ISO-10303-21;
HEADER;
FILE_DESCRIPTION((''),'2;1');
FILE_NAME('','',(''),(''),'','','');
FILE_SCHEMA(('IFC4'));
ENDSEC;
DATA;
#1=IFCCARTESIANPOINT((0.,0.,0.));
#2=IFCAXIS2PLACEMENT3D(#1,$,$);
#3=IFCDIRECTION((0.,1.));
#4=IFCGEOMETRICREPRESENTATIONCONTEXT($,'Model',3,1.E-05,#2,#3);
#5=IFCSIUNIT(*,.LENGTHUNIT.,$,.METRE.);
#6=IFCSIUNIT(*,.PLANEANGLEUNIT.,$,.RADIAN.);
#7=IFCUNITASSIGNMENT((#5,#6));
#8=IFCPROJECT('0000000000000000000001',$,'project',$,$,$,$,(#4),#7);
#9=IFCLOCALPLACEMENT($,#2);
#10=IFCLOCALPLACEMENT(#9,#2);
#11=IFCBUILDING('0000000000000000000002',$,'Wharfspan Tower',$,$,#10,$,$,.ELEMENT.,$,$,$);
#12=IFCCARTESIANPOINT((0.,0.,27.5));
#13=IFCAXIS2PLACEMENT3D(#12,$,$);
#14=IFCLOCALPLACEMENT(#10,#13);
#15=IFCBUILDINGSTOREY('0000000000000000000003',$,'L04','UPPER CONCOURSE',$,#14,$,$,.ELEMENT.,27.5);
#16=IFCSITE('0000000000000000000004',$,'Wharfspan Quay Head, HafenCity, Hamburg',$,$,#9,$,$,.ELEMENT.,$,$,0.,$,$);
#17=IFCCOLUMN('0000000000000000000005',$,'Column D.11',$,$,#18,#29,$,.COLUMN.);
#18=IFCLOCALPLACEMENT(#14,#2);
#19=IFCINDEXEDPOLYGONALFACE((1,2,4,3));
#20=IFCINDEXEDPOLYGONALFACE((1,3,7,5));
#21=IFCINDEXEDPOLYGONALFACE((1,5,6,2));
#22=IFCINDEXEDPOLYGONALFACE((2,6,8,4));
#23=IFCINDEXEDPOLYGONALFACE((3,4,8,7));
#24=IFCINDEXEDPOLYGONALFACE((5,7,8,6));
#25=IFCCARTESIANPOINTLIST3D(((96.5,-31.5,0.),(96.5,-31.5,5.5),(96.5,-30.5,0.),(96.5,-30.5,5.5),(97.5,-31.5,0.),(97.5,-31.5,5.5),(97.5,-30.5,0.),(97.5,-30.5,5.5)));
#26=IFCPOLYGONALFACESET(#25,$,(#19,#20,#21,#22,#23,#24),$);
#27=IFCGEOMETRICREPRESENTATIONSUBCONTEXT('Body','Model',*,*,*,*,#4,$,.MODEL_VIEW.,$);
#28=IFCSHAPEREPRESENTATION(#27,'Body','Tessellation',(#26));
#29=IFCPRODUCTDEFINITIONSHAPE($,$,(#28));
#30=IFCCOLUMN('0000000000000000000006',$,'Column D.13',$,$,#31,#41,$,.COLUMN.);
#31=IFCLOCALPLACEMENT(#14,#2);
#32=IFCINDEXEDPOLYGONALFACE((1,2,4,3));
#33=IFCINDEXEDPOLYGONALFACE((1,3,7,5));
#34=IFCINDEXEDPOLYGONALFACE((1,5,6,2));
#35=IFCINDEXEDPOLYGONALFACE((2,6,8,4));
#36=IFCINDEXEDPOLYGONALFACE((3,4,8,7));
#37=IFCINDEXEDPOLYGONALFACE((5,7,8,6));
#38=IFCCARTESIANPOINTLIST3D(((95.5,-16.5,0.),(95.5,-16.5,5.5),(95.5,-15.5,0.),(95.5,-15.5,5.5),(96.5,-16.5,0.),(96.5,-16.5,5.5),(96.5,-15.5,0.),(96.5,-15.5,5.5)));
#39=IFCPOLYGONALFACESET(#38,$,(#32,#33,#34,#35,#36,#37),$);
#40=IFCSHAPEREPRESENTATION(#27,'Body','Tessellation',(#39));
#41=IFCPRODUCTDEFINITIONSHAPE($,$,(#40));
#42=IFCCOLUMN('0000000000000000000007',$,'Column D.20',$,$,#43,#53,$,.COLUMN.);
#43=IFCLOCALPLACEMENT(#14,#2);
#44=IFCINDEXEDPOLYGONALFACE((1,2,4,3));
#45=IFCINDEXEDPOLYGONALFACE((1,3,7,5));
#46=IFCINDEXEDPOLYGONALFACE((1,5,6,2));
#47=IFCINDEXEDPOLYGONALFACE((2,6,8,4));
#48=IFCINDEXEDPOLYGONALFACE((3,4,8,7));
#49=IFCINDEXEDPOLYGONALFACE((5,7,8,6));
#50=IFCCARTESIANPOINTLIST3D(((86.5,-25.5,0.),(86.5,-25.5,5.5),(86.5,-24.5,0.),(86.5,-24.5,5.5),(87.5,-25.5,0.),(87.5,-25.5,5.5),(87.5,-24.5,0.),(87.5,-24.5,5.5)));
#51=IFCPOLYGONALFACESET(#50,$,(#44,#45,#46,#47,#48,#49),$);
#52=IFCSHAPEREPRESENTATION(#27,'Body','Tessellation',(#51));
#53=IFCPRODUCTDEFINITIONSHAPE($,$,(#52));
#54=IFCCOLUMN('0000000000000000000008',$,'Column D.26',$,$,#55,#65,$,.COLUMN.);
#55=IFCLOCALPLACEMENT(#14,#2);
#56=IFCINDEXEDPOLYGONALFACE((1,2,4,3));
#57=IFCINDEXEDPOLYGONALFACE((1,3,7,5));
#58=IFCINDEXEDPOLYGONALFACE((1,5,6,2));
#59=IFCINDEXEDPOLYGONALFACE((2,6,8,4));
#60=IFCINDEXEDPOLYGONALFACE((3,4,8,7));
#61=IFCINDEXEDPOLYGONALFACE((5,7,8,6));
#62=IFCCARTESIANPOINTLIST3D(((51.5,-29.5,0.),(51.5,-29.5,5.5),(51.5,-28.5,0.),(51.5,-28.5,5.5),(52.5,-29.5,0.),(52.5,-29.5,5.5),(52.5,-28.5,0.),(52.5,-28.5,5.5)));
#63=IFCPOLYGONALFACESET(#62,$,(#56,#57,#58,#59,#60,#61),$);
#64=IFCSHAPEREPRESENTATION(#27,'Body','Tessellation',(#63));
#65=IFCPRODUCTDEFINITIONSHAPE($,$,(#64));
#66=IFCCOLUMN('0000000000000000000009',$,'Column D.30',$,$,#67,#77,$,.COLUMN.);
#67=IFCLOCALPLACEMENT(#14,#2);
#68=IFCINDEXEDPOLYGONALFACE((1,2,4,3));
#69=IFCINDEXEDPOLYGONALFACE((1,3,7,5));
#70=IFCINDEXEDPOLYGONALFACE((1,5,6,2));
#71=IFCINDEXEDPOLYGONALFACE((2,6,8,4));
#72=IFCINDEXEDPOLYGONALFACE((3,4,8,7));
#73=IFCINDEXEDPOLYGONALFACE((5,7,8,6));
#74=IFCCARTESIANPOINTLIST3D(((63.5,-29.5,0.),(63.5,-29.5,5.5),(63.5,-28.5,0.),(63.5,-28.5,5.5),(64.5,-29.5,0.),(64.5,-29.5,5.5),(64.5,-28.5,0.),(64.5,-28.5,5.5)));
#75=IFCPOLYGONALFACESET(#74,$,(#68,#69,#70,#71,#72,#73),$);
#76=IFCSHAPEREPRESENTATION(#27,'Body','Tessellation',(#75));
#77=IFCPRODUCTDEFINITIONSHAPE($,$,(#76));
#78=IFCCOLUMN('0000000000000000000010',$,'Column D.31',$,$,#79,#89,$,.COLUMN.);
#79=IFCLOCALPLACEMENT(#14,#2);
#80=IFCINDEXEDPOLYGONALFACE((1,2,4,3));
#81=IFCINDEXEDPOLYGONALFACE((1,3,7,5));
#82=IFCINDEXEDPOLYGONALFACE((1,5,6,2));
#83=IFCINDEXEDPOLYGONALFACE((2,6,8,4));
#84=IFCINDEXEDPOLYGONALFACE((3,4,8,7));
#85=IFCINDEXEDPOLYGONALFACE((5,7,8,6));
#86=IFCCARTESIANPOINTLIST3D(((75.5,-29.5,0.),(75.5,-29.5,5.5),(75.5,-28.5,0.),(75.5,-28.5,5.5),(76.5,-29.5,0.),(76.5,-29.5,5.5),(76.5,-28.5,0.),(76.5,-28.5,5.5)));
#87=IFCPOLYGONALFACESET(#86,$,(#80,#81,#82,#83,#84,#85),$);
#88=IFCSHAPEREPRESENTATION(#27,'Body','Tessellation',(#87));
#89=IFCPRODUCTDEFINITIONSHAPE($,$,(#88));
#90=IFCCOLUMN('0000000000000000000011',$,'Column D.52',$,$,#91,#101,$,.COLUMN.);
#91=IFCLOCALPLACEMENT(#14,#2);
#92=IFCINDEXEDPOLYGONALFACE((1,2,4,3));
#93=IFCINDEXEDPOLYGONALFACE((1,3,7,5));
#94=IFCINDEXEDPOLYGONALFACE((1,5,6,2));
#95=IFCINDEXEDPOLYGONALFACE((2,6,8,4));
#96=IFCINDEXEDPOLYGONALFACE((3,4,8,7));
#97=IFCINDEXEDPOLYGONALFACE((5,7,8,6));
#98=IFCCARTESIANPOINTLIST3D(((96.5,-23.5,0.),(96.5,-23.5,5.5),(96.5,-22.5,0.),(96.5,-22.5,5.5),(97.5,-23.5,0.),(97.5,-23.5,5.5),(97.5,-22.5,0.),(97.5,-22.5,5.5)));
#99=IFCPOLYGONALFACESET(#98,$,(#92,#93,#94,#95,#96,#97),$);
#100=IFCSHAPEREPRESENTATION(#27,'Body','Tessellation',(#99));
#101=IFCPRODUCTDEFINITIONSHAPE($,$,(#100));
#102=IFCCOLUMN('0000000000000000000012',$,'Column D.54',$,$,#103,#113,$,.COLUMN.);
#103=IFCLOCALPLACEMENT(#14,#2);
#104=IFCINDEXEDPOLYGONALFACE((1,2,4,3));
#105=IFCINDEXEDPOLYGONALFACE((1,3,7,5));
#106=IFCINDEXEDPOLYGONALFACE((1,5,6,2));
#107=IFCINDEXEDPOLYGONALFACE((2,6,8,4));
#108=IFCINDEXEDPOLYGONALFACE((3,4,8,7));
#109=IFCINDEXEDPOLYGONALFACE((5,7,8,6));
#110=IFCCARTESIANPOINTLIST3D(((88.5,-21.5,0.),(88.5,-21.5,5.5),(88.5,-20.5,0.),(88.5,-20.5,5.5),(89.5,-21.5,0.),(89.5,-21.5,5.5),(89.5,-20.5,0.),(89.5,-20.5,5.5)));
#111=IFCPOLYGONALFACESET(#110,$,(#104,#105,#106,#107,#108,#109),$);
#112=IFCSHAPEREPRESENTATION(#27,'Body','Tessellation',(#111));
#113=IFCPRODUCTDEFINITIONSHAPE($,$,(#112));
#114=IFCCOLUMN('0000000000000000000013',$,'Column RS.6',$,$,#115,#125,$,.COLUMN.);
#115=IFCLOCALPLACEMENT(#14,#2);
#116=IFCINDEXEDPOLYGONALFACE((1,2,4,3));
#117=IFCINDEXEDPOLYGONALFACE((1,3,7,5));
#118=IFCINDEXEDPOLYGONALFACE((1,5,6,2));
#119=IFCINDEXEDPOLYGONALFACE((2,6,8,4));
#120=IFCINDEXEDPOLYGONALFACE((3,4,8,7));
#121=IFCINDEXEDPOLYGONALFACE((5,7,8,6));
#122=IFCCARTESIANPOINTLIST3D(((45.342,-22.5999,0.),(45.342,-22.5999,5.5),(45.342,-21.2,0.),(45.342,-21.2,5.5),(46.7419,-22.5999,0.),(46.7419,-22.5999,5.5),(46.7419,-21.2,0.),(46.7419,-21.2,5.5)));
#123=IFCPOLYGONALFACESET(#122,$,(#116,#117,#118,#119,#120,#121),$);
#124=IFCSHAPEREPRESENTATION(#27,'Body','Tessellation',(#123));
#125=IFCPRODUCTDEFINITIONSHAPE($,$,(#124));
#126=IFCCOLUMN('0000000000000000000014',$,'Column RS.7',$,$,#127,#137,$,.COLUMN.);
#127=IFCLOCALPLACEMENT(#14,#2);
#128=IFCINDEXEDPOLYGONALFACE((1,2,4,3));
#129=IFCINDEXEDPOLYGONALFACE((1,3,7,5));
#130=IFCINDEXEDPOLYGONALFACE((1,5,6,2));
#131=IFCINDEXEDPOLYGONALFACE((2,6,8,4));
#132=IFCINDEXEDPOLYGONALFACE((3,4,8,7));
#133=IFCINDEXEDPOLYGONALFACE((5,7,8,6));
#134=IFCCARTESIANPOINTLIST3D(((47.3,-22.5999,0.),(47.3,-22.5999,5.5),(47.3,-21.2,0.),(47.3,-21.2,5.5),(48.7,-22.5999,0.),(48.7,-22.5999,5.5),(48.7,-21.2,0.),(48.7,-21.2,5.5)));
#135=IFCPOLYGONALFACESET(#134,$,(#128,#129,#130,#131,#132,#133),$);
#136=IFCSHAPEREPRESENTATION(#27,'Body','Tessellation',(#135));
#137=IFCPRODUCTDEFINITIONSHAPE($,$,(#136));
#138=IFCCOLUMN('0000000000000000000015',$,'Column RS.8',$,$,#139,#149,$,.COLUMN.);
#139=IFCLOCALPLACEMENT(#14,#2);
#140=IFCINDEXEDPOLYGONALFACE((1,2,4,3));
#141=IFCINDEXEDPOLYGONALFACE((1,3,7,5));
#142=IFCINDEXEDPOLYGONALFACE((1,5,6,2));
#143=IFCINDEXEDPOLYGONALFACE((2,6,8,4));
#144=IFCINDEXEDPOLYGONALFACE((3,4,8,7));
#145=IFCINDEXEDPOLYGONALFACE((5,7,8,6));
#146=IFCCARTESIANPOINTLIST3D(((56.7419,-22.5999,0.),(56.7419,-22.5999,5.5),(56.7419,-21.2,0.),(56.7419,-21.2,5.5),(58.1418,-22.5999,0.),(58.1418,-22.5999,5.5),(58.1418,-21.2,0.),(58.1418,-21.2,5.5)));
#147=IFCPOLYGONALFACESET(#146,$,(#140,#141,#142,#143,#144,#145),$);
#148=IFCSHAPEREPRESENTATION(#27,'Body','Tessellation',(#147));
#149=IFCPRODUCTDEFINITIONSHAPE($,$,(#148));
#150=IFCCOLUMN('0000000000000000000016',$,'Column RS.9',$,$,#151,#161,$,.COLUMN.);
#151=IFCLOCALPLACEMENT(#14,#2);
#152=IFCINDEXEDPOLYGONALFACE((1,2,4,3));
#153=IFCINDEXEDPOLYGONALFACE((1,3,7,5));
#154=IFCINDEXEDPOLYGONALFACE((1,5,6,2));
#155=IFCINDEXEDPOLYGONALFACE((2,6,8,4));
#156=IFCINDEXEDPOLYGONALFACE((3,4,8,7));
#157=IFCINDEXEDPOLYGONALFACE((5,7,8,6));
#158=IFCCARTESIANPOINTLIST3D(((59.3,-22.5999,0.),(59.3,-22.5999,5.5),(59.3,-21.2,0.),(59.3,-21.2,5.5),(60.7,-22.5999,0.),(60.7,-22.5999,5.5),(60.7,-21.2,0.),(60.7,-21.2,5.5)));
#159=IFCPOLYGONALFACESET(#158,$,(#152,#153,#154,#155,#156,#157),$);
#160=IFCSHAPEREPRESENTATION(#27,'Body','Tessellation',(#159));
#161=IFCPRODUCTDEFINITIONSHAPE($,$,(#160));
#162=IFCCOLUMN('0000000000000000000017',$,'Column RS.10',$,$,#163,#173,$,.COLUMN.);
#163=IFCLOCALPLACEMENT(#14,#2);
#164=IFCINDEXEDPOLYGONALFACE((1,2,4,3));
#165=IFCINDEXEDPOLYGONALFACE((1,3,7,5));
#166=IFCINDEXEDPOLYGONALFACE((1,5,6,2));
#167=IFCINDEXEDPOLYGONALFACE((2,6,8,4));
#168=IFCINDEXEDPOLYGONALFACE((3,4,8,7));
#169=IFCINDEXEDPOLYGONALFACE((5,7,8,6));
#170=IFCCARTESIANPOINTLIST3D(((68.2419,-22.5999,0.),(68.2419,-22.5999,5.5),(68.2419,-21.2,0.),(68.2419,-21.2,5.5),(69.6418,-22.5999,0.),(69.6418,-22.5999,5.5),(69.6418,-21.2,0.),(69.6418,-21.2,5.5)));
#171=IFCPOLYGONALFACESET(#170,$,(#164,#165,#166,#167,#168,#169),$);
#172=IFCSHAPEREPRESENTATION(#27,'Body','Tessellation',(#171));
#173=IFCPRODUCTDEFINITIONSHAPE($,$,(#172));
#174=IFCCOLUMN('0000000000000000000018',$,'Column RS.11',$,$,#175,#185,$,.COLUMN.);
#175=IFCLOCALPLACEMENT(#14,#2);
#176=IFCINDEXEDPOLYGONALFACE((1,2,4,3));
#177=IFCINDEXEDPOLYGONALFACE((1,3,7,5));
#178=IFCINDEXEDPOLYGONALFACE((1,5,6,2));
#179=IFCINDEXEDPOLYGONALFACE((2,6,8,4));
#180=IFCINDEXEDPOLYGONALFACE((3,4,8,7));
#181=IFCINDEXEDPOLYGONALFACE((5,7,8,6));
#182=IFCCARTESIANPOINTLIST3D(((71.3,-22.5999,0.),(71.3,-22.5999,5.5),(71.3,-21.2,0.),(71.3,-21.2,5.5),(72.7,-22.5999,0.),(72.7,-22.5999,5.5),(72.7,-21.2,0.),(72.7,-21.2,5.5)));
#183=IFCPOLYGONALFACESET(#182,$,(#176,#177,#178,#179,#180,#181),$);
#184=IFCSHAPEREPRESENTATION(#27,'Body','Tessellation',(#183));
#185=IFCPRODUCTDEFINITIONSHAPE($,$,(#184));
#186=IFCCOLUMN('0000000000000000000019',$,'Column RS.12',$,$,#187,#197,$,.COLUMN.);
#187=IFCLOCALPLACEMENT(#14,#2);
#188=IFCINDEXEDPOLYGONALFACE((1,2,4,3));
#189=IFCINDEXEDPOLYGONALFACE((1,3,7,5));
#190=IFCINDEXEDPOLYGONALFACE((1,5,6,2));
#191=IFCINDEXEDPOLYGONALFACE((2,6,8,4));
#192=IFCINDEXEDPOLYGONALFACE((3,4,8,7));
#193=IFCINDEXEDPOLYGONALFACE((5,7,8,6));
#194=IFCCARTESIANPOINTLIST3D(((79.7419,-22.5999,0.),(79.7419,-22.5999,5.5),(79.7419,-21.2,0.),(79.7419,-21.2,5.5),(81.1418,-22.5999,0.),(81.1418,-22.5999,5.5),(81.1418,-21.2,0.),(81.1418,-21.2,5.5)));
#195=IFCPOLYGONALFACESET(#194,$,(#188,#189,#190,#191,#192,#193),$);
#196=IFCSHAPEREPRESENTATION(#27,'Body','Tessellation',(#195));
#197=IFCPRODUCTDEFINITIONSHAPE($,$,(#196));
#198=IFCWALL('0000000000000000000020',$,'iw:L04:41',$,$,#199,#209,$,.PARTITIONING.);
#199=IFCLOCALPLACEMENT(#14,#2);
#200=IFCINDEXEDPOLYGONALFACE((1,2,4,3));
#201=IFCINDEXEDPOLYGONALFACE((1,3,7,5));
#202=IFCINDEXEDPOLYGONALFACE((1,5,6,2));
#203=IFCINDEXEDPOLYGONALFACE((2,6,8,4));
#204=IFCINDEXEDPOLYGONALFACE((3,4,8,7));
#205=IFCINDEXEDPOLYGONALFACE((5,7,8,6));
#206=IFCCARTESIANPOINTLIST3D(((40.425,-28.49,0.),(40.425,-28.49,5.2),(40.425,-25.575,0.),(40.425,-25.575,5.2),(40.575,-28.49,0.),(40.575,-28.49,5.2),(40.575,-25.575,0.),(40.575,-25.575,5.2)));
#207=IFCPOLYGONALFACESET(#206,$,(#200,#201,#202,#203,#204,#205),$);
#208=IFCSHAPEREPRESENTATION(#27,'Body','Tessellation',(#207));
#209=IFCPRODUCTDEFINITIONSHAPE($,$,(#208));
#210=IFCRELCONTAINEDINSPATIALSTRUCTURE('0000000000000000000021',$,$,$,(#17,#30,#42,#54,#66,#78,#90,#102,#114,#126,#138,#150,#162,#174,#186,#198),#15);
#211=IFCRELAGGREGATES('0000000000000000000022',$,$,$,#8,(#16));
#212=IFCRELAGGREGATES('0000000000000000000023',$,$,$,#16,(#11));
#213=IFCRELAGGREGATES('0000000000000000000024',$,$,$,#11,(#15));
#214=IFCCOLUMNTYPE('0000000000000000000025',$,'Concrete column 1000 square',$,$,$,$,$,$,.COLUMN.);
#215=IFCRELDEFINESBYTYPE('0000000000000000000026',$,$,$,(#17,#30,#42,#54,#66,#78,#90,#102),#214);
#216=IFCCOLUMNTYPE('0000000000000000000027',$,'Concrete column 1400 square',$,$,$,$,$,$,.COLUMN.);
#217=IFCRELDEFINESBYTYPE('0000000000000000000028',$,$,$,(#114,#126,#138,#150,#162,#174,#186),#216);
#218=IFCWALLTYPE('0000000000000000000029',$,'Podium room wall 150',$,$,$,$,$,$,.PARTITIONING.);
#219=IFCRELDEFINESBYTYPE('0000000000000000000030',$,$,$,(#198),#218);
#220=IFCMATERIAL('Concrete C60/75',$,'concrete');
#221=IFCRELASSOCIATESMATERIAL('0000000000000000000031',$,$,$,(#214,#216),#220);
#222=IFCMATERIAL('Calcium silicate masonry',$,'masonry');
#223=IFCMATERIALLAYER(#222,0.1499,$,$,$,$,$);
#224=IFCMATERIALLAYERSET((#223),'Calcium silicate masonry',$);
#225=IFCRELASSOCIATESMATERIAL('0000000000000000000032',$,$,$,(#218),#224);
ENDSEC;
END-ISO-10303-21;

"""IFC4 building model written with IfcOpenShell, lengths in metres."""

from ifc_helpers import new_model, si_unit, direction, frame, frame_2d, origin, origin_2d, place, context, subcontext, project, spatial, rectangle, extrude, material, layer, layer_set, material_profile, profile_set, type_object, element, save


model = new_model("IFC4")

# Units and contexts
model_context = context("Model", 3, precision=1e-05, world=origin(), true_north=direction((0.0, 1.0)))
body_context = subcontext(model_context, "Body", "Model", "MODEL_VIEW")
ifc_project = project(units=[si_unit("LENGTHUNIT", "METRE"), si_unit("PLANEANGLEUNIT", "RADIAN")], contexts=[model_context])

# Site, building, storey
site_placement = place(None, origin())
site = spatial("IfcSite", under=ifc_project, at=site_placement, Name="Wharfspan Quay Head, HafenCity, Hamburg", CompositionType="ELEMENT", RefElevation=0.0)
building_placement = place(site_placement, origin())
building = spatial("IfcBuilding", under=site, at=building_placement, Name="Wharfspan Tower", CompositionType="ELEMENT")
storey_placement = place(building_placement, frame((0.0, 0.0, 27.5)))
storey = spatial("IfcBuildingStorey", under=building, at=storey_placement, Name="L04", Description="UPPER CONCOURSE", CompositionType="ELEMENT", Elevation=27.5)

# Columns
ifc_material_1 = material(Name="Concrete C60/75", Category="concrete")
ifc_material_profile_1 = material_profile(ifc_material_1, rectangle(XDim=1.0, YDim=1.0, at=origin_2d()))
ifc_profile_set_1 = profile_set([ifc_material_profile_1], Name="Concrete C60/75")
column_type_1 = type_object("IfcColumnType", Name="Concrete column 1000 square", PredefinedType="COLUMN", material=ifc_profile_set_1)
for number, where, z_axis, x_axis, name in (
    (1, (97.0, -31.0, 0.0), (0.0, 0.0, 1.0), (1.0, 0.0, 0.0), "Column D.11"),
    (2, (96.0, -16.0, 0.0), (0.0, 0.0, 1.0), (1.0, 0.0, 0.0), "Column D.13"),
    (3, (87.0, -25.0, 0.0), (0.0, 0.0, 1.0), (1.0, 0.0, 0.0), "Column D.20"),
    (4, (52.0, -29.0, 0.0), (0.0, 0.0, 1.0), (1.0, 0.0, 0.0), "Column D.26"),
    (5, (64.0, -29.0, 0.0), (0.0, 0.0, 1.0), (1.0, 0.0, 0.0), "Column D.30"),
    (6, (76.0, -29.0, 0.0), (0.0, 0.0, 1.0), (1.0, 0.0, 0.0), "Column D.31"),
    (7, (97.0, -23.0, 0.0), (0.0, 0.0, 1.0), (1.0, 0.0, 0.0), "Column D.52"),
    (8, (89.0, -21.0, 0.0), (0.0, 0.0, 1.0), (1.0, 0.0, 0.0), "Column D.54"),
):
    element("IfcColumn", number, at=place(storey_placement, frame(where, z_axis=z_axis, x_axis=x_axis)), inside=storey, type_object=column_type_1, Name=name, PredefinedType="COLUMN", context=body_context, shape_type="SweptSolid", body=[
        extrude(rectangle(XDim=1.0, YDim=1.0, at=origin_2d()), origin(), (0.0, 0.0, 1.0), 5.5),
    ])
ifc_material_profile_2 = material_profile(ifc_material_1, rectangle(XDim=1.3999, YDim=1.3999, at=origin_2d()))
ifc_profile_set_2 = profile_set([ifc_material_profile_2], Name="Concrete C60/75")
column_type_2 = type_object("IfcColumnType", Name="Concrete column 1400 square", PredefinedType="COLUMN", material=ifc_profile_set_2)
for number, where, z_axis, x_axis, name in (
    (9, (46.042, -21.8999, 0.0), (0.0, 0.0, 1.0), (1.0, 0.0, 0.0), "Column RS.6"),
    (10, (48.0, -21.8999, 0.0), (0.0, 0.0, 1.0), (1.0, 0.0, 0.0), "Column RS.7"),
    (11, (57.4419, -21.8999, 0.0), (0.0, 0.0, 1.0), (1.0, 0.0, 0.0), "Column RS.8"),
    (12, (60.0, -21.8999, 0.0), (0.0, 0.0, 1.0), (1.0, 0.0, 0.0), "Column RS.9"),
    (13, (68.9419, -21.8999, 0.0), (0.0, 0.0, 1.0), (1.0, 0.0, 0.0), "Column RS.10"),
    (14, (72.0, -21.8999, 0.0), (0.0, 0.0, 1.0), (1.0, 0.0, 0.0), "Column RS.11"),
    (15, (80.4419, -21.8999, 0.0), (0.0, 0.0, 1.0), (1.0, 0.0, 0.0), "Column RS.12"),
):
    element("IfcColumn", number, at=place(storey_placement, frame(where, z_axis=z_axis, x_axis=x_axis)), inside=storey, type_object=column_type_2, Name=name, PredefinedType="COLUMN", context=body_context, shape_type="SweptSolid", body=[
        extrude(rectangle(XDim=1.3999, YDim=1.3999, at=origin_2d()), origin(), (0.0, 0.0, 1.0), 5.5),
    ])

# Wall
ifc_material_2 = material(Name="Calcium silicate masonry", Category="masonry")
ifc_layer_1 = layer(ifc_material_2, 0.1499)
ifc_layer_set_1 = layer_set([ifc_layer_1], Name="Calcium silicate masonry")
wall_type_1 = type_object("IfcWallType", Name="Podium room wall 150", PredefinedType="PARTITIONING", material=ifc_layer_set_1)
wall_1_placement = place(storey_placement, frame((40.5, -28.49, 0.0), z_axis=(0.0, 0.0, 1.0), x_axis=(0.0, 1.0, 0.0)))
element("IfcWall", 16, at=wall_1_placement, inside=storey, type_object=wall_type_1, Name="iw:L04:41", PredefinedType="PARTITIONING", context=body_context, shape_type="SweptSolid", body=[
    extrude(rectangle(XDim=2.915, YDim=0.1499, at=frame_2d((1.4575, 0.0))), origin(), (0.0, 0.0, 1.0), 5.2),
])

save(model, "model.ifc")
